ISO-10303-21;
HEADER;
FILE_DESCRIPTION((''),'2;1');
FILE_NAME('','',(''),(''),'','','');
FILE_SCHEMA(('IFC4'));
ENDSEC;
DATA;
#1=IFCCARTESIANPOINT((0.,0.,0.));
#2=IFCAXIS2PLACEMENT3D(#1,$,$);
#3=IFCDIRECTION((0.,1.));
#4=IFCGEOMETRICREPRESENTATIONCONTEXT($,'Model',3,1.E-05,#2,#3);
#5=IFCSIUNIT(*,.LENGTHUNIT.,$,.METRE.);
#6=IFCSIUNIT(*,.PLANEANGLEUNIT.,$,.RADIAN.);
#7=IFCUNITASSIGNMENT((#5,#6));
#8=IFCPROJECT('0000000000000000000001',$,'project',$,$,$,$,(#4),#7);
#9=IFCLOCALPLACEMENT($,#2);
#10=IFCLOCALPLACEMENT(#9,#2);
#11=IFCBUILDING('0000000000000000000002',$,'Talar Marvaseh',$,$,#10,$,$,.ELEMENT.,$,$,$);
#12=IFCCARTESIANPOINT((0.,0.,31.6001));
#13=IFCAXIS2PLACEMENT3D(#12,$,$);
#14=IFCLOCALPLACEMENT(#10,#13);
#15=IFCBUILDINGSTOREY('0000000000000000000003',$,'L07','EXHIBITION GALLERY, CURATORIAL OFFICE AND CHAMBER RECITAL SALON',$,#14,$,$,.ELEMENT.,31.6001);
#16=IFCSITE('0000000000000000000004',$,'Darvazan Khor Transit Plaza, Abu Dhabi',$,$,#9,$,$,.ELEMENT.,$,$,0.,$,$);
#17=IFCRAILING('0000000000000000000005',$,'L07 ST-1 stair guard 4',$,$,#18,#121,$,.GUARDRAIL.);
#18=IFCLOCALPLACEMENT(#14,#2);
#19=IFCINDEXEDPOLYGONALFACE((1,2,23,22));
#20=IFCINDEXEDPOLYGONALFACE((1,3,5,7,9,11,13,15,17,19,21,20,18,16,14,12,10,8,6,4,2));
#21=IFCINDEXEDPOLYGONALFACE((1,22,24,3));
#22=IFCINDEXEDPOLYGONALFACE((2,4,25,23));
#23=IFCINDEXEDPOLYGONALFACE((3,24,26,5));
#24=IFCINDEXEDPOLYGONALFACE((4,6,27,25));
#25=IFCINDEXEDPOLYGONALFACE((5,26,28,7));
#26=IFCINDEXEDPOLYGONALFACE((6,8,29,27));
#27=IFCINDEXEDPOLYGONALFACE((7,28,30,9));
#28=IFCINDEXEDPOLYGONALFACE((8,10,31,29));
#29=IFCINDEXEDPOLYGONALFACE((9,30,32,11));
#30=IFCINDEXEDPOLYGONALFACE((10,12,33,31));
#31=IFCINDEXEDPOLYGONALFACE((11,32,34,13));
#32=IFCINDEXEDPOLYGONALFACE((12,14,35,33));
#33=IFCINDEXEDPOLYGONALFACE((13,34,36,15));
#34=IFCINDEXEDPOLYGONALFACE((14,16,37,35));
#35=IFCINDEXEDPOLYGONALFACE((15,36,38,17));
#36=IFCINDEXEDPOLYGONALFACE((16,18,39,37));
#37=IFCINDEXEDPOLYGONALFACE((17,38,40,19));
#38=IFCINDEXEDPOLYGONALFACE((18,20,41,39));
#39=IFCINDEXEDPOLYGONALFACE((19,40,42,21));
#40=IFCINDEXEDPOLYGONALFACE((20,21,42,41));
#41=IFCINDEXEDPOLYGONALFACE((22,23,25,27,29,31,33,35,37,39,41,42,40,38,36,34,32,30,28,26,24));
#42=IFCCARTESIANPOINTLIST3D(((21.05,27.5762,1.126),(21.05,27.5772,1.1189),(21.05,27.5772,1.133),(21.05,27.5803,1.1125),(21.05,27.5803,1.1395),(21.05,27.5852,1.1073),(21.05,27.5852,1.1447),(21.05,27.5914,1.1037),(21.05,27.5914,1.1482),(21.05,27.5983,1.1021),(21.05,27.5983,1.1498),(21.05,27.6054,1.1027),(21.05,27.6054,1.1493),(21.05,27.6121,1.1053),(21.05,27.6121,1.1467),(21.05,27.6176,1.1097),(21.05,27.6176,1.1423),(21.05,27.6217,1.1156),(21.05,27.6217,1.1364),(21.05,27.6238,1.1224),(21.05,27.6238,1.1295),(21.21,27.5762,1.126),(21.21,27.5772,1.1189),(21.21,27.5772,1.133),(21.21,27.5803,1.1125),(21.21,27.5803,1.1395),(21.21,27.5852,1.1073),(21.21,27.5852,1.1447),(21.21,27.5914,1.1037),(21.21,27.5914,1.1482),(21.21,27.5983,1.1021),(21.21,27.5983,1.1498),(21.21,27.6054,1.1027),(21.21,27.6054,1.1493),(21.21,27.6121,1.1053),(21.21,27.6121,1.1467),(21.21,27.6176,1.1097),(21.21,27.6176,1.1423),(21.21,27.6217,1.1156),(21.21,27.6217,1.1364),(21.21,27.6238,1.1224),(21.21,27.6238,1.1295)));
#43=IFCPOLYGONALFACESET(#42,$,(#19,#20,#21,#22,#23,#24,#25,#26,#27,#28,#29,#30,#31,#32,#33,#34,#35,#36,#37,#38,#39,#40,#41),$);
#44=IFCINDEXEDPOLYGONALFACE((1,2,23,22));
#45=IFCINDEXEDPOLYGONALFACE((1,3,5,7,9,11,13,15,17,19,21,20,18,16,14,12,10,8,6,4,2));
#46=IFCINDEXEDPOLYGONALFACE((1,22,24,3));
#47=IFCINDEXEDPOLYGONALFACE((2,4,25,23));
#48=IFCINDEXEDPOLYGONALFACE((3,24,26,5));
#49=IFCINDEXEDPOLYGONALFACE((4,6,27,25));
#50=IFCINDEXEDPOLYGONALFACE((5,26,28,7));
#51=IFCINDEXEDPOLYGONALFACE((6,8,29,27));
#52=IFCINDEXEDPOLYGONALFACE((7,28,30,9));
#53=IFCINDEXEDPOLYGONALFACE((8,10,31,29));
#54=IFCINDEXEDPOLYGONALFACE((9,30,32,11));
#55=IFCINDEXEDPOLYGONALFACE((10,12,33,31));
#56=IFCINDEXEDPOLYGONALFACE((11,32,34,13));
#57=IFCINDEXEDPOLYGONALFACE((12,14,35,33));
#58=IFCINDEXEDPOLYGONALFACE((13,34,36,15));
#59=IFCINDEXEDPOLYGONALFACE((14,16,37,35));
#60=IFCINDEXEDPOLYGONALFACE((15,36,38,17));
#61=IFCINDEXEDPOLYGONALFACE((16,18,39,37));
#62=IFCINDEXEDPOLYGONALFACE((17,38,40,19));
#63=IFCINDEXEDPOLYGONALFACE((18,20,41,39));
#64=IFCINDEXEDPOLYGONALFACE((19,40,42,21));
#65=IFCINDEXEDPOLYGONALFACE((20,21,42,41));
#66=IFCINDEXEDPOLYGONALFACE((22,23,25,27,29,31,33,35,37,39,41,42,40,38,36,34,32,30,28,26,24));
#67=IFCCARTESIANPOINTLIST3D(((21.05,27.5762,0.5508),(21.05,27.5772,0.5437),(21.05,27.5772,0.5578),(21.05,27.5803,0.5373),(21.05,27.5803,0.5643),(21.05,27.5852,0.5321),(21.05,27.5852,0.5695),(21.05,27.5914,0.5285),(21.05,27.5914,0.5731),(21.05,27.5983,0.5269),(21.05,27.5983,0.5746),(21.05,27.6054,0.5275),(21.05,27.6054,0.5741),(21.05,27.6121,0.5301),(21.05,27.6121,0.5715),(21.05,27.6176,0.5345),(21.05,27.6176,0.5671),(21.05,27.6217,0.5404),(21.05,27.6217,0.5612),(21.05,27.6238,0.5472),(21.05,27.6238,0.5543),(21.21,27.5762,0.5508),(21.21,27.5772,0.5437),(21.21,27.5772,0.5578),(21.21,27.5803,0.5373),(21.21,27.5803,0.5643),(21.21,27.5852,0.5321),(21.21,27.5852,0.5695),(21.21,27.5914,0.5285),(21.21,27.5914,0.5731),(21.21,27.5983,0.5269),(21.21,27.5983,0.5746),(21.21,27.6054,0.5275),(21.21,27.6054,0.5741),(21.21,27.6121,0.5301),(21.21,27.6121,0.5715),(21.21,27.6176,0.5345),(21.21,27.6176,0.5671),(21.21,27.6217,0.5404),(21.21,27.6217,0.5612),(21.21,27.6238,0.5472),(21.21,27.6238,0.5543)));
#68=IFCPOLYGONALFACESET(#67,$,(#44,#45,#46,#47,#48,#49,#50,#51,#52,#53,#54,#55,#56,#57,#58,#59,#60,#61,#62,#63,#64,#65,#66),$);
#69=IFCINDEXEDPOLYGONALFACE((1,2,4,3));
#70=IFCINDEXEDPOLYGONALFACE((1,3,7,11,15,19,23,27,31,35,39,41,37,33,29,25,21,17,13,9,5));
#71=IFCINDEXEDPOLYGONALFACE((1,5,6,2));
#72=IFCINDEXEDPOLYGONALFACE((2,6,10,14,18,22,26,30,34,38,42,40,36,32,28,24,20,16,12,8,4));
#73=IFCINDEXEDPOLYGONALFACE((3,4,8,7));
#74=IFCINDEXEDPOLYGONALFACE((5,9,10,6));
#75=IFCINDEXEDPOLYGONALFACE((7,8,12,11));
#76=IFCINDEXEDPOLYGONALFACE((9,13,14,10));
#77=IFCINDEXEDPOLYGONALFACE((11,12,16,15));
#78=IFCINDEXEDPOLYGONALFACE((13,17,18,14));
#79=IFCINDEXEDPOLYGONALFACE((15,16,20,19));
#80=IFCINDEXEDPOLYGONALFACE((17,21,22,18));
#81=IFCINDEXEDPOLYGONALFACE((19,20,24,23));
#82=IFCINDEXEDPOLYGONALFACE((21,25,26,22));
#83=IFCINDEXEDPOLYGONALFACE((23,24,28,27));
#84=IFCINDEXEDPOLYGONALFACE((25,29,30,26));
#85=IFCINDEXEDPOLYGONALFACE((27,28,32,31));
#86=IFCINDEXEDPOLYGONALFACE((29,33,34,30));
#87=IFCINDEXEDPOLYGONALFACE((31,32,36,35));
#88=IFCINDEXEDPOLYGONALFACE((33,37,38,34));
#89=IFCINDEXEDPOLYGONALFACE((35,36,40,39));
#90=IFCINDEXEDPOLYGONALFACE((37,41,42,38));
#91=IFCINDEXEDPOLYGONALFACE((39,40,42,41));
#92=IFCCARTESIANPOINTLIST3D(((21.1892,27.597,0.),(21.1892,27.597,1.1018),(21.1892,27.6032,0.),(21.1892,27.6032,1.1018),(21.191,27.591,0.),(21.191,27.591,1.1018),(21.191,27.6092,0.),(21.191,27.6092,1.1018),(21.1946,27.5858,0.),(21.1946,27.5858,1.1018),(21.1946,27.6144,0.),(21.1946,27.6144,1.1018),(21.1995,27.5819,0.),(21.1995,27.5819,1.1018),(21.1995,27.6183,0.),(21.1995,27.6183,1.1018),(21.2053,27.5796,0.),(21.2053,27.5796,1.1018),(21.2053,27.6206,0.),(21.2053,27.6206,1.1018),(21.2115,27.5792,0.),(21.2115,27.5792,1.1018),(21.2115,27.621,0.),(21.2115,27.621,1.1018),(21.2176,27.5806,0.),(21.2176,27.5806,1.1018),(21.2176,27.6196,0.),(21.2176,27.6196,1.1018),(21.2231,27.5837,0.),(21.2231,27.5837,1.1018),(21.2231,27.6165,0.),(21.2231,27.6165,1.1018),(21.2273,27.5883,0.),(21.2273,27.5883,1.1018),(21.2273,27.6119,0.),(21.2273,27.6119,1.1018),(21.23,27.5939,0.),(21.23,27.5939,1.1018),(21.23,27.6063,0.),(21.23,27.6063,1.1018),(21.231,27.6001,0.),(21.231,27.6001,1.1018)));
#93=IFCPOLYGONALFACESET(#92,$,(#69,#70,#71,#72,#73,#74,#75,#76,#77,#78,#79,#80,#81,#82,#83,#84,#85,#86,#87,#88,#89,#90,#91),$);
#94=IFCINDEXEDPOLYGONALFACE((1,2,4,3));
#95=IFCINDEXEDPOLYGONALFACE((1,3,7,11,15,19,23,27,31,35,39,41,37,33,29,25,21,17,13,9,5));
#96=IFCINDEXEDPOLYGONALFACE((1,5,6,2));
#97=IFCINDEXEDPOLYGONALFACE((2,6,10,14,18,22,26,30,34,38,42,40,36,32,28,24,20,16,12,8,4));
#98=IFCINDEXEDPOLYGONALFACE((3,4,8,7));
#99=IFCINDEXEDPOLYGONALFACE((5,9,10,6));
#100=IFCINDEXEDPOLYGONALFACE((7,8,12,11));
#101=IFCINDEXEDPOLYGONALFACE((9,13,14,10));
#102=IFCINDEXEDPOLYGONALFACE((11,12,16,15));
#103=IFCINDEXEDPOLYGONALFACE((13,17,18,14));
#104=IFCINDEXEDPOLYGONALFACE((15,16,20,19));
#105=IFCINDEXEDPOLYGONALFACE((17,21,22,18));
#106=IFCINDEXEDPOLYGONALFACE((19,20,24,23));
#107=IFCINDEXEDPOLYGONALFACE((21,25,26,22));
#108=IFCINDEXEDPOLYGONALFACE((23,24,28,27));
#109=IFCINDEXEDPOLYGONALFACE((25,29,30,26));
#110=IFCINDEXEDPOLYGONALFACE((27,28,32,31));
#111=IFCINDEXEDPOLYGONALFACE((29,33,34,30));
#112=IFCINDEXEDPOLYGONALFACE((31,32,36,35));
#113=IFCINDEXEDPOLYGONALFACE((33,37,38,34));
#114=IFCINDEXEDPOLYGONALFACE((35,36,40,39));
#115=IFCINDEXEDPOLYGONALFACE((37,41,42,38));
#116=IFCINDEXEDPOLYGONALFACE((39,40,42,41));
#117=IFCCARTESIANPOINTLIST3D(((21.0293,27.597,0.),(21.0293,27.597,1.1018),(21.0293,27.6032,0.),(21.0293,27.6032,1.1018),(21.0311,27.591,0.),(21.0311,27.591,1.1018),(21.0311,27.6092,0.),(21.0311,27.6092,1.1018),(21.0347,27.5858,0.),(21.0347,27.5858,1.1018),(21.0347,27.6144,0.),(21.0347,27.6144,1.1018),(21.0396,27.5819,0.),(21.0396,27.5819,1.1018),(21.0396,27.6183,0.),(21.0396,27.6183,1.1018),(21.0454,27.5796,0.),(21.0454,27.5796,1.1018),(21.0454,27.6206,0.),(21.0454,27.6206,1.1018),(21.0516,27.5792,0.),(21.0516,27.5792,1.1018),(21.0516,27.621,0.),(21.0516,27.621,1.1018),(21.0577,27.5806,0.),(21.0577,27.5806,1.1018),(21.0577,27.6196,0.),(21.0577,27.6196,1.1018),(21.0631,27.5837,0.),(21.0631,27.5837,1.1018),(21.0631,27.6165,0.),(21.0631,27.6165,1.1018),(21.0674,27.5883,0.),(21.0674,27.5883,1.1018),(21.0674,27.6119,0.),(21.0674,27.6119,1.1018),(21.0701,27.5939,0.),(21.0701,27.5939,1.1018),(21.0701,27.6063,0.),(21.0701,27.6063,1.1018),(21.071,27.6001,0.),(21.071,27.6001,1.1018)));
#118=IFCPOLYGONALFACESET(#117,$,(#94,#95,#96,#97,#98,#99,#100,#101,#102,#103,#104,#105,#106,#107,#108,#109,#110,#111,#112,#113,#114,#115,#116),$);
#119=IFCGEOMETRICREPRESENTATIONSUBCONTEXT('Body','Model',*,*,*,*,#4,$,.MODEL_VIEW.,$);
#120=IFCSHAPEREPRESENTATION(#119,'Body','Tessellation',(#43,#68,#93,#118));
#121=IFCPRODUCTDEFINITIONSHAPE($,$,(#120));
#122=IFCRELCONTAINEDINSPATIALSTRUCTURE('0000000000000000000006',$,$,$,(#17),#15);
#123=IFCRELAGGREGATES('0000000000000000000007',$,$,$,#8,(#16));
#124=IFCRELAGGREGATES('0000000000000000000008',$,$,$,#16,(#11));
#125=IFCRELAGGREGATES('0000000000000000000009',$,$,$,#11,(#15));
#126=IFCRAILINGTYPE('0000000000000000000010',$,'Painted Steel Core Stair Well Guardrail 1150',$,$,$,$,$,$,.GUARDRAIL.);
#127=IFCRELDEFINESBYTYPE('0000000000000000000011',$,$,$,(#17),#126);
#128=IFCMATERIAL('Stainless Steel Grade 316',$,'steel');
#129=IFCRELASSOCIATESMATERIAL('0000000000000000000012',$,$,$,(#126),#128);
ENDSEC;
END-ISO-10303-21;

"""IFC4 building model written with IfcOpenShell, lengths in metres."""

from ifc_helpers import new_model, si_unit, direction, frame, origin, origin_2d, place, context, subcontext, project, spatial, circle, extrude, material, type_object, element, save


model = new_model("IFC4")

# Units and contexts
model_context = context("Model", 3, precision=1e-05, world=origin(), true_north=direction((0.0, 1.0)))
body_context = subcontext(model_context, "Body", "Model", "MODEL_VIEW")
ifc_project = project(units=[si_unit("LENGTHUNIT", "METRE"), si_unit("PLANEANGLEUNIT", "RADIAN")], contexts=[model_context])

# Site, building, storey
site_placement = place(None, origin())
site = spatial("IfcSite", under=ifc_project, at=site_placement, Name="Darvazan Khor Transit Plaza, Abu Dhabi", CompositionType="ELEMENT", RefElevation=0.0)
building_placement = place(site_placement, origin())
building = spatial("IfcBuilding", under=site, at=building_placement, Name="Talar Marvaseh", CompositionType="ELEMENT")
storey_placement = place(building_placement, frame((0.0, 0.0, 31.6001)))
storey = spatial("IfcBuildingStorey", under=building, at=storey_placement, Name="L07", Description="EXHIBITION GALLERY, CURATORIAL OFFICE AND CHAMBER RECITAL SALON", CompositionType="ELEMENT", Elevation=31.6001)

# Railing
ifc_material_1 = material(Name="Stainless Steel Grade 316", Category="steel")
railing_type_1 = type_object("IfcRailingType", Name="Painted Steel Core Stair Well Guardrail 1150", PredefinedType="GUARDRAIL", material=ifc_material_1)
railing_1_placement = place(storey_placement, frame((21.21, 27.6001, 0.0)))
element("IfcRailing", 1, at=railing_1_placement, inside=storey, type_object=railing_type_1, Name="L07 ST-1 stair guard 4", PredefinedType="GUARDRAIL", context=body_context, shape_type="SweptSolid", body=[
    extrude(circle(Radius=0.0239, at=origin_2d()), frame((0.0, 0.0, 1.126), z_axis=(-1.0, 0.0, 0.0), x_axis=(0.0, -1.0, 0.0)), (0.0, 0.0, 1.0), 0.1599),
    extrude(circle(Radius=0.0239, at=origin_2d()), frame((0.0, 0.0, 0.5508), z_axis=(-1.0, 0.0, 0.0), x_axis=(0.0, -1.0, 0.0)), (0.0, 0.0, 1.0), 0.1599),
    extrude(circle(Radius=0.021, at=origin_2d()), origin(), (0.0, 0.0, 1.0), 1.1018),
    extrude(circle(Radius=0.021, at=origin_2d()), frame((-0.1599, 0.0, 0.0)), (0.0, 0.0, 1.0), 1.1018),
])

save(model, "model.ifc")
